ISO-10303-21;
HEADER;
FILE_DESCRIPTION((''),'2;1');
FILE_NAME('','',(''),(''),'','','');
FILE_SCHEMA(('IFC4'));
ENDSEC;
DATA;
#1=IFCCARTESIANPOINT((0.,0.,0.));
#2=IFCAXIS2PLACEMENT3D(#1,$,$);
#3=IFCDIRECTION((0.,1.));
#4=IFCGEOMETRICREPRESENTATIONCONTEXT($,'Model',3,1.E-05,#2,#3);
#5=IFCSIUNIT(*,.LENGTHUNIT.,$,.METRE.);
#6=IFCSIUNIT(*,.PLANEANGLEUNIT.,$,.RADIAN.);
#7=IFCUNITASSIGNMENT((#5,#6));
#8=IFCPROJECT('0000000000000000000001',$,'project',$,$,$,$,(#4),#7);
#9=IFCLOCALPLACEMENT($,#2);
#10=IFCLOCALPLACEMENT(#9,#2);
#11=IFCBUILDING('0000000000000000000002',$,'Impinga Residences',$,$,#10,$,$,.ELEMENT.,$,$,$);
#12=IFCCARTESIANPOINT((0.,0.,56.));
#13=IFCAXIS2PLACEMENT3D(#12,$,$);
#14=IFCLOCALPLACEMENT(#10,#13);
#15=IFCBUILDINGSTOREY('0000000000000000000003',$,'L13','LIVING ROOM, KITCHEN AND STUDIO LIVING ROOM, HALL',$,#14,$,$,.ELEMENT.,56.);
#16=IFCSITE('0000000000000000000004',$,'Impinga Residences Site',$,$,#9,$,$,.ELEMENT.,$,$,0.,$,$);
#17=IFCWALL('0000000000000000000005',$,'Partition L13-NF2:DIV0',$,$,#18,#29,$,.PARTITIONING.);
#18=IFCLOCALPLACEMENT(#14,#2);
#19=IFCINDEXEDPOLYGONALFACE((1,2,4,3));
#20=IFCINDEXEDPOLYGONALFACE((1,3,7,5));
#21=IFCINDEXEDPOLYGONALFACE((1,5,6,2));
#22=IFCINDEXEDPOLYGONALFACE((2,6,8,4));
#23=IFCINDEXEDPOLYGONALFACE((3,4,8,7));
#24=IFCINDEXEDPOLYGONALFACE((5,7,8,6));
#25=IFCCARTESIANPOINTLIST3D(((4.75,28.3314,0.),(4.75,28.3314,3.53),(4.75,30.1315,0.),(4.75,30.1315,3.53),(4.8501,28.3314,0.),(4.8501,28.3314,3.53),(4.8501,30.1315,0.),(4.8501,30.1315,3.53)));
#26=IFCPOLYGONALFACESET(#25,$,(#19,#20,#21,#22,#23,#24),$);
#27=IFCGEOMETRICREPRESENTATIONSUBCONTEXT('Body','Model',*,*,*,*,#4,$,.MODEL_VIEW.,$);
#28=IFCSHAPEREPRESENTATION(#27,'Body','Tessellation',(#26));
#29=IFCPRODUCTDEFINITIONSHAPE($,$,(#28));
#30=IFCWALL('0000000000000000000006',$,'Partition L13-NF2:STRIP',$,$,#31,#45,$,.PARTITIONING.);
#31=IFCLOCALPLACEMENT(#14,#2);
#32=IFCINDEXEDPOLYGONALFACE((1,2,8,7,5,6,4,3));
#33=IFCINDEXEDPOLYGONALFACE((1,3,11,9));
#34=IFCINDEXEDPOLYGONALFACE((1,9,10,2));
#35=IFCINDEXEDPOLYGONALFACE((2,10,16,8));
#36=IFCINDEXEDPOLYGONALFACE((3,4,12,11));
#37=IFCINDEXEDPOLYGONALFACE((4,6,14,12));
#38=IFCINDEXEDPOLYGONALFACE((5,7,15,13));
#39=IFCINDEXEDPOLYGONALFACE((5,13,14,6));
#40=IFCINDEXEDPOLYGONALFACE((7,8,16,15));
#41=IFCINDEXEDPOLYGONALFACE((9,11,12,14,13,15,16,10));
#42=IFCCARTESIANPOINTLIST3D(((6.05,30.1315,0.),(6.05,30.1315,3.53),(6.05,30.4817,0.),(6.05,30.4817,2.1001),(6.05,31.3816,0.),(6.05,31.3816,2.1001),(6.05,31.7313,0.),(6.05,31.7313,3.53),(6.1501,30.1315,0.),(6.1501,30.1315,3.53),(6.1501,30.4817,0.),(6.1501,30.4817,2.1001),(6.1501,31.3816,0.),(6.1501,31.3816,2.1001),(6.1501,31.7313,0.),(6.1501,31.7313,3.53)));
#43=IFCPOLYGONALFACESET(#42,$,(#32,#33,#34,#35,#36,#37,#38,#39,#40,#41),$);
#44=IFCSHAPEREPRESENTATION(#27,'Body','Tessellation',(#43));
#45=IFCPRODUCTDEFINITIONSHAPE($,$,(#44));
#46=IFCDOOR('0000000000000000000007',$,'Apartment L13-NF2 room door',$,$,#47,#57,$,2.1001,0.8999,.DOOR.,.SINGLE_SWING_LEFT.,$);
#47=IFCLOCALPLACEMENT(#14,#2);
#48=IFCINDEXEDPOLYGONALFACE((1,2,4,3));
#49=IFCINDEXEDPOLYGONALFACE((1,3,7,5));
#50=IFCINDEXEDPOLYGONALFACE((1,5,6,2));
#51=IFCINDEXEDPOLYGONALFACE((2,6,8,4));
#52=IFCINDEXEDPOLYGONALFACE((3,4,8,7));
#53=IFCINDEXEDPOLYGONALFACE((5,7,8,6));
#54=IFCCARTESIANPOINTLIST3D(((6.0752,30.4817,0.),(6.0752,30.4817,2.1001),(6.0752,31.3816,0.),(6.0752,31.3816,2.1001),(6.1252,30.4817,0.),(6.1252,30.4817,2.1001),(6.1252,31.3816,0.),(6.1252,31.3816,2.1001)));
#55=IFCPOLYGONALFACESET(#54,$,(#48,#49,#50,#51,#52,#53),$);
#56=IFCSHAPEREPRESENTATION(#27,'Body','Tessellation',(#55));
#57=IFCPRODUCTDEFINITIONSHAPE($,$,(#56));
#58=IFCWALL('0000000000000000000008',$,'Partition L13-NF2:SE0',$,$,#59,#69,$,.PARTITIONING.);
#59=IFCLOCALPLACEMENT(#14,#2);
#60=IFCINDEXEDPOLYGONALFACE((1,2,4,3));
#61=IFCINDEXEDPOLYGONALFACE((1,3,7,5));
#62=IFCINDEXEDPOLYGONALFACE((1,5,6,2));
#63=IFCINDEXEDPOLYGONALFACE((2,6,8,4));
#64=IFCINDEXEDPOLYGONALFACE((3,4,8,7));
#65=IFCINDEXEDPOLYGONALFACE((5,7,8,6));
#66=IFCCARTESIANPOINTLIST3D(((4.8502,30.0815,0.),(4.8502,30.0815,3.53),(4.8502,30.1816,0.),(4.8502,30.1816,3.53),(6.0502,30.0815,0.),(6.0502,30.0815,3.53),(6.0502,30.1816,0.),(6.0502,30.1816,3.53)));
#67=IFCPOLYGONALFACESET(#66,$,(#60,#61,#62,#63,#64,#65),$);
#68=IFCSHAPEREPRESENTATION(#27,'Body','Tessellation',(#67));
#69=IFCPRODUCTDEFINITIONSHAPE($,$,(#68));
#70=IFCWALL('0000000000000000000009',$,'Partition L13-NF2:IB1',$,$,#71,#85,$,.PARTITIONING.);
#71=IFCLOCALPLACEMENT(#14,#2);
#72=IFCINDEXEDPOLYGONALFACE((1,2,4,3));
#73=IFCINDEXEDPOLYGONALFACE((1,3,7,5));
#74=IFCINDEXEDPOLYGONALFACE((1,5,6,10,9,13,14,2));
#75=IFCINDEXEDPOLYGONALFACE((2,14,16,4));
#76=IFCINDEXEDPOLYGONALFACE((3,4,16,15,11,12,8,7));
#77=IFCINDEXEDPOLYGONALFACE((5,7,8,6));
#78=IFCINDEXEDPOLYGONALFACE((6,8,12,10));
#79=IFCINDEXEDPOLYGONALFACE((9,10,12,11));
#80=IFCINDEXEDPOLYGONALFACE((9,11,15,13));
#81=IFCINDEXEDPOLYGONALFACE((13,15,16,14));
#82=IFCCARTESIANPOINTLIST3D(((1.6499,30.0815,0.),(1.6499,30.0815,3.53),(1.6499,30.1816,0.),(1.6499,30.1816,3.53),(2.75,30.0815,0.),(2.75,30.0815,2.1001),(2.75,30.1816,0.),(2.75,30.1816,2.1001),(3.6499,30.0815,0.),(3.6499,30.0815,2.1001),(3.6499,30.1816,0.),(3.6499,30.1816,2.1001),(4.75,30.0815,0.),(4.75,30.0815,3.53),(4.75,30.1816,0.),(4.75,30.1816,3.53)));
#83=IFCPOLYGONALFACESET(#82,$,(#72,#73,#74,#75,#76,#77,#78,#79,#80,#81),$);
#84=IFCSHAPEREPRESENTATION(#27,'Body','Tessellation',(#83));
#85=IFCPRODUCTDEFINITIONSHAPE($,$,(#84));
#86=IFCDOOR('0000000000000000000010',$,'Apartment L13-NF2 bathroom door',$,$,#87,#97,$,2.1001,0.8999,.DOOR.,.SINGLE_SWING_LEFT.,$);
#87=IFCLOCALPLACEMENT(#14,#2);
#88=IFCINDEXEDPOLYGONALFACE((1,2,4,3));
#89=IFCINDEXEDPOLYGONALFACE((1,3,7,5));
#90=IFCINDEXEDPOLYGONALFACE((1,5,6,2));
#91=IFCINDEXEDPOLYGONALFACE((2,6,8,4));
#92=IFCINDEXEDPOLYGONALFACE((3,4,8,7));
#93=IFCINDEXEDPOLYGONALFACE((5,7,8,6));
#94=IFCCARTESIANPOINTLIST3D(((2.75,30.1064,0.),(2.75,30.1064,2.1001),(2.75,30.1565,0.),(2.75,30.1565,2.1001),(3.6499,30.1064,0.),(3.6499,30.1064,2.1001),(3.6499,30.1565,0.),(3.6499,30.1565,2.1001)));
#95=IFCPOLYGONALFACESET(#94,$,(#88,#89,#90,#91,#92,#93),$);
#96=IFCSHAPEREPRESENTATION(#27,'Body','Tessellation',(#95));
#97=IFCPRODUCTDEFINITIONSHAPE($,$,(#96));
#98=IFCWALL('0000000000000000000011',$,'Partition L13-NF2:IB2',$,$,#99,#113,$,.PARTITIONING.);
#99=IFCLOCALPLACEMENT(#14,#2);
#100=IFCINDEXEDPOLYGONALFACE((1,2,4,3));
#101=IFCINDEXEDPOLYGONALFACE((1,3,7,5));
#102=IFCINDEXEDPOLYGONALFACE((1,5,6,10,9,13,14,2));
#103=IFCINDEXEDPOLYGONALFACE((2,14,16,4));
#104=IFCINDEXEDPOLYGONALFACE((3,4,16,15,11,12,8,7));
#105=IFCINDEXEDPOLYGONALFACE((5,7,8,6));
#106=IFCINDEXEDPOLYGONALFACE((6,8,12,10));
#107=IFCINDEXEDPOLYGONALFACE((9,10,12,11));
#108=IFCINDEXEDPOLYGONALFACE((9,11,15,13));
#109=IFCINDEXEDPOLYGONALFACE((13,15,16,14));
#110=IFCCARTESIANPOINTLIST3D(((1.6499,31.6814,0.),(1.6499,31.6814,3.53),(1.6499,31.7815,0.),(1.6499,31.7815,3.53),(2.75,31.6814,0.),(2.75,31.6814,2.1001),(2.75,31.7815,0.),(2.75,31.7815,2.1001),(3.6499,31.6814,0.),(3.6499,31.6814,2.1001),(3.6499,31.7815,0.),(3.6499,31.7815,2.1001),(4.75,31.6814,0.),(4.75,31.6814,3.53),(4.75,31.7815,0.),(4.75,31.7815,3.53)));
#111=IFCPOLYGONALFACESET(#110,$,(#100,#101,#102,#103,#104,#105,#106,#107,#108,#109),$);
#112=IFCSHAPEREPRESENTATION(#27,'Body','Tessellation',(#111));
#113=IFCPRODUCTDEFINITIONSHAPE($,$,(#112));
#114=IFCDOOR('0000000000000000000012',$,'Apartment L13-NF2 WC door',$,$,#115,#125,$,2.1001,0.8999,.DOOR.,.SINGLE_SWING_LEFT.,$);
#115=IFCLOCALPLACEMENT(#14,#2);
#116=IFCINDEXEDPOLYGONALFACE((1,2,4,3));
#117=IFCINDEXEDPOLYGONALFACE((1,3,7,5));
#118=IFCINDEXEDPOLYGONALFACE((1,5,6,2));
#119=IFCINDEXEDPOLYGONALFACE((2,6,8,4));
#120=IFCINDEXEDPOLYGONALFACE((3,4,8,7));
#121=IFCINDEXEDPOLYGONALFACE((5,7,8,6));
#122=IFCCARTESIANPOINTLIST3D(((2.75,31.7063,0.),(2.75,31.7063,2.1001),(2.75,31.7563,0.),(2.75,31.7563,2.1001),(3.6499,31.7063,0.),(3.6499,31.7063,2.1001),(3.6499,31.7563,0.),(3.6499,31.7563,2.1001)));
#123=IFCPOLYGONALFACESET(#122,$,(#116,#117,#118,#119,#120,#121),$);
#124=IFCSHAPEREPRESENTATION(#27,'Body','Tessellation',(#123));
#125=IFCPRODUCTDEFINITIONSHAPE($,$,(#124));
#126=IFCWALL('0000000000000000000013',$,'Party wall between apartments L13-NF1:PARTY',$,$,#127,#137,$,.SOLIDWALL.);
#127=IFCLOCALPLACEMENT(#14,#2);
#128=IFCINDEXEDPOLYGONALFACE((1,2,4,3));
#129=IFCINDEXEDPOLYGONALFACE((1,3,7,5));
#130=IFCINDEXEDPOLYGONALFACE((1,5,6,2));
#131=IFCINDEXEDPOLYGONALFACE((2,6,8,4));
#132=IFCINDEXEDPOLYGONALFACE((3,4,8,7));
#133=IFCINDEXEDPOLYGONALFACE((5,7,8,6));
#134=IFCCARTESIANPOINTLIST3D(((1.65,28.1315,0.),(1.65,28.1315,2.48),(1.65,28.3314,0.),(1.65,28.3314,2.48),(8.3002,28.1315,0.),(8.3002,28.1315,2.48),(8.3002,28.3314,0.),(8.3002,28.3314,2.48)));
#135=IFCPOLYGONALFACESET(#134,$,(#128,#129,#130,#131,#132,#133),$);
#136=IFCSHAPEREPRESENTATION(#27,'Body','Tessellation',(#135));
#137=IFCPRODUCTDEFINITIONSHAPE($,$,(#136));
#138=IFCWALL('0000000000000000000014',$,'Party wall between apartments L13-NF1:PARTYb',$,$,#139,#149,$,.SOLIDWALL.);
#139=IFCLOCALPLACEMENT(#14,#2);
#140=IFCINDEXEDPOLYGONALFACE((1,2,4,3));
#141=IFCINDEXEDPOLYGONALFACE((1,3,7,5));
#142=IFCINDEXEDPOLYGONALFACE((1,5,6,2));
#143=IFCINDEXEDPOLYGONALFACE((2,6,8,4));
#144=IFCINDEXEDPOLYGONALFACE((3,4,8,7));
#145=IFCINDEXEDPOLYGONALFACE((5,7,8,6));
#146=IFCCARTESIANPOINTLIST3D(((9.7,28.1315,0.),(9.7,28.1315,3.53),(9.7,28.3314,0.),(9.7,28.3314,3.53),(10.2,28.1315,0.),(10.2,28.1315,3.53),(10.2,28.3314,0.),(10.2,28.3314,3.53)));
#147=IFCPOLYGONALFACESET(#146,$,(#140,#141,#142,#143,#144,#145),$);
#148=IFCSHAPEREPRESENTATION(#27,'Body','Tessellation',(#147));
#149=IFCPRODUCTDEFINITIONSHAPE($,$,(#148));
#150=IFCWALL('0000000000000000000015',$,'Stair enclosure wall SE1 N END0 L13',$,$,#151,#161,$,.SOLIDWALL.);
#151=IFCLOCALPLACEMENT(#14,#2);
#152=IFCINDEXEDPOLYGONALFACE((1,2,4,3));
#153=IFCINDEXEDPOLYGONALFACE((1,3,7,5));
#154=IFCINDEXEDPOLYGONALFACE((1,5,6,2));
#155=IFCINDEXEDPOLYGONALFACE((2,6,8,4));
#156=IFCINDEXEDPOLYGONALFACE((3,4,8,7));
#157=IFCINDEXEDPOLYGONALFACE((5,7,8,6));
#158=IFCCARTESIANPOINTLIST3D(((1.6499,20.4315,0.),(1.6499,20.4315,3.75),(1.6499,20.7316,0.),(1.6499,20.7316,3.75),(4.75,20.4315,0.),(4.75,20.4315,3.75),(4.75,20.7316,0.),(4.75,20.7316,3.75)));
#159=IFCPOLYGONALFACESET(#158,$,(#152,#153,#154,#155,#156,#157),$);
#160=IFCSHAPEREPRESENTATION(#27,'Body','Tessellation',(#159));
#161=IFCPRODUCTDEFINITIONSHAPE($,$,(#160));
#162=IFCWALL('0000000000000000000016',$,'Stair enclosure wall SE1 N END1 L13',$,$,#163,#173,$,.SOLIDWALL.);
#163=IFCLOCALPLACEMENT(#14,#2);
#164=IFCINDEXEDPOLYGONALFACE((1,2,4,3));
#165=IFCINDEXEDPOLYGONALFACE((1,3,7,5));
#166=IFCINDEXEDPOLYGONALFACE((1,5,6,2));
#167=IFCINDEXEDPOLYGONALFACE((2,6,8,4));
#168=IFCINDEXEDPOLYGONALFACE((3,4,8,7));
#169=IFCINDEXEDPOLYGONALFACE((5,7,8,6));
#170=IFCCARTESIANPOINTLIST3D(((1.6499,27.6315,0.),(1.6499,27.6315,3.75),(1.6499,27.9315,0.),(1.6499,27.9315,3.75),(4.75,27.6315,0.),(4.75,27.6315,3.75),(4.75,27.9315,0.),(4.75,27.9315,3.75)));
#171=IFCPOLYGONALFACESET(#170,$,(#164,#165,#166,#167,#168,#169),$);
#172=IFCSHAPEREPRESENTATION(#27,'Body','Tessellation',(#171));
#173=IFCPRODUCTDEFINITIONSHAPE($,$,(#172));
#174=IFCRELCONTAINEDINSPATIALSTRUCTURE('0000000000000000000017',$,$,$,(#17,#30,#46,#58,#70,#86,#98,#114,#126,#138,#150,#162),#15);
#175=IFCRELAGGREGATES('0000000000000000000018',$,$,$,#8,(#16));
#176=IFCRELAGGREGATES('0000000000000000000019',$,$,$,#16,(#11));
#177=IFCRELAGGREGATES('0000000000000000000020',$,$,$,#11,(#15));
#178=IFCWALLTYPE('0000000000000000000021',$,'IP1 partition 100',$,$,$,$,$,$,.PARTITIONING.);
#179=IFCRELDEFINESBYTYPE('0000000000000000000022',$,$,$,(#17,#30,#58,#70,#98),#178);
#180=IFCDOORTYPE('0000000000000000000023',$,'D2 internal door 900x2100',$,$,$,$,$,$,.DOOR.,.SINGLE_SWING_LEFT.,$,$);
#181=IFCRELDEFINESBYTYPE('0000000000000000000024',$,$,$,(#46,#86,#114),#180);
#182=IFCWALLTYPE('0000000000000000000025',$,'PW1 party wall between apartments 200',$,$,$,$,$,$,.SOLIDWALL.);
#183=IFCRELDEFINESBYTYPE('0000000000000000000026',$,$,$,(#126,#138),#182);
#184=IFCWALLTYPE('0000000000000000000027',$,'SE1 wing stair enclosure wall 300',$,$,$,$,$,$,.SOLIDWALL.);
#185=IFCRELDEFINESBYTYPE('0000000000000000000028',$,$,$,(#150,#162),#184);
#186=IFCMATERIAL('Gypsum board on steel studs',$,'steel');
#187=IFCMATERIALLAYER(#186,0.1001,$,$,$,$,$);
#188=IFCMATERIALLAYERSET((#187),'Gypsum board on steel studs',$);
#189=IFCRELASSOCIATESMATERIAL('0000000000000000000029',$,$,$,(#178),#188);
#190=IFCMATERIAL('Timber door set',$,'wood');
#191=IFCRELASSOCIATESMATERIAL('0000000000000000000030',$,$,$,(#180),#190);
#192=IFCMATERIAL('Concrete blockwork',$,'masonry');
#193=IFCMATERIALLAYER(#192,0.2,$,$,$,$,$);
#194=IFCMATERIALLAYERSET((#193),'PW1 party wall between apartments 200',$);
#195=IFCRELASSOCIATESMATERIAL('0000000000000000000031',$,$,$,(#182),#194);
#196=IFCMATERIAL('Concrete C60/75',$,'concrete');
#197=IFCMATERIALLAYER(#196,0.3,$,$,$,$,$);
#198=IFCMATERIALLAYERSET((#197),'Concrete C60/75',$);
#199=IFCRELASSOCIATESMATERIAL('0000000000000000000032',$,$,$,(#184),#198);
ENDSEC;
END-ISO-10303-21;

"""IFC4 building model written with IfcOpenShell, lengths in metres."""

from ifc_helpers import new_model, si_unit, direction, frame, frame_2d, origin, place, context, subcontext, project, spatial, rectangle, extrude, material, layer, layer_set, type_object, element, fill, save


model = new_model("IFC4")

# Units and contexts
model_context = context("Model", 3, precision=1e-05, world=origin(), true_north=direction((0.0, 1.0)))
body_context = subcontext(model_context, "Body", "Model", "MODEL_VIEW")
ifc_project = project(units=[si_unit("LENGTHUNIT", "METRE"), si_unit("PLANEANGLEUNIT", "RADIAN")], contexts=[model_context])

# Site, building, storey
site_placement = place(None, origin())
site = spatial("IfcSite", under=ifc_project, at=site_placement, Name="Impinga Residences Site", CompositionType="ELEMENT", RefElevation=0.0)
building_placement = place(site_placement, origin())
building = spatial("IfcBuilding", under=site, at=building_placement, Name="Impinga Residences", CompositionType="ELEMENT")
storey_placement = place(building_placement, frame((0.0, 0.0, 56.0)))
storey = spatial("IfcBuildingStorey", under=building, at=storey_placement, Name="L13", Description="LIVING ROOM, KITCHEN AND STUDIO LIVING ROOM, HALL", CompositionType="ELEMENT", Elevation=56.0)

# Shared definitions
ifc_material_1 = material(Name="Concrete C60/75", Category="concrete")

# Shared definitions
ifc_material_2 = material(Name="Gypsum board on steel studs", Category="steel")
ifc_layer_1 = layer(ifc_material_2, 0.1001)
ifc_layer_set_1 = layer_set([ifc_layer_1], Name="Gypsum board on steel studs")
wall_type_1 = type_object("IfcWallType", Name="IP1 partition 100", PredefinedType="PARTITIONING", material=ifc_layer_set_1)

# Shared definitions
ifc_material_3 = material(Name="Timber door set", Category="wood")
door_type = type_object("IfcDoorType", Name="D2 internal door 900x2100", OperationType="SINGLE_SWING_LEFT", PredefinedType="DOOR", material=ifc_material_3)

# Wall
wall_1_placement = place(storey_placement, frame((4.8, 28.3315, 0.0), z_axis=(0.0, 0.0, 1.0), x_axis=(0.0, 1.0, 0.0)))
element("IfcWall", 1, at=wall_1_placement, inside=storey, type_object=wall_type_1, Name="Partition L13-NF2:DIV0", PredefinedType="PARTITIONING", context=body_context, shape_type="SweptSolid", body=[
    extrude(rectangle(XDim=1.8, YDim=0.1001, at=frame_2d((0.8999, 0.0))), origin(), (0.0, 0.0, 1.0), 3.53),
])

# Wall, opening, door
wall_2_placement = place(storey_placement, frame((6.1001, 30.1316, 0.0), z_axis=(0.0, 0.0, 1.0), x_axis=(0.0, 1.0, 0.0)))
wall_2 = element("IfcWall", 2, at=wall_2_placement, inside=storey, type_object=wall_type_1, Name="Partition L13-NF2:STRIP", PredefinedType="PARTITIONING", context=body_context, shape_type="SweptSolid", body=[
    extrude(rectangle(XDim=1.5999, YDim=0.1001, at=frame_2d((0.7998, 0.0))), origin(), (0.0, 0.0, 1.0), 3.53),
])
opening_1_placement = place(wall_2_placement, frame((0.3501, 0.0, 0.0)))
opening_1 = element("IfcOpeningElement", 3, at=opening_1_placement, cuts=wall_2, PredefinedType="OPENING", context=body_context, shape_type="SweptSolid", body=[
    extrude(rectangle(XDim=0.8999, YDim=2.1001, at=frame_2d((0.45, 1.05))), frame((0.0, 0.0601, 0.0), z_axis=(0.0, -1.0, 0.0), x_axis=(1.0, 0.0, 0.0)), (0.0, 0.0, 1.0), 0.1201),
])
door_1_placement = place(opening_1_placement, origin())
door_1 = element("IfcDoor", 4, at=door_1_placement, inside=storey, type_object=door_type, Name="Apartment L13-NF2 room door", OperationType="SINGLE_SWING_LEFT", OverallHeight=2.1001, OverallWidth=0.8999, PredefinedType="DOOR", context=body_context, shape_type="SweptSolid", body=[
    extrude(rectangle(XDim=0.8999, YDim=2.1001, at=frame_2d((0.45, 1.05))), frame((0.0, 0.0249, 0.0), z_axis=(0.0, -1.0, 0.0), x_axis=(1.0, 0.0, 0.0)), (0.0, 0.0, 1.0), 0.05),
])
fill(opening_1, door_1)

# Wall
wall_3_placement = place(storey_placement, frame((4.8501, 30.1316, 0.0), z_axis=(0.0, 0.0, 1.0), x_axis=(1.0, 0.0, 0.0)))
element("IfcWall", 5, at=wall_3_placement, inside=storey, type_object=wall_type_1, Name="Partition L13-NF2:SE0", PredefinedType="PARTITIONING", context=body_context, shape_type="SweptSolid", body=[
    extrude(rectangle(XDim=1.2, YDim=0.1001, at=frame_2d((0.6001, 0.0))), origin(), (0.0, 0.0, 1.0), 3.53),
])

# Walls, openings, doors
wall_4_placement = place(storey_placement, frame((1.6499, 30.1316, 0.0), z_axis=(0.0, 0.0, 1.0), x_axis=(1.0, 0.0, 0.0)))
wall_4 = element("IfcWall", 6, at=wall_4_placement, inside=storey, type_object=wall_type_1, Name="Partition L13-NF2:IB1", PredefinedType="PARTITIONING", context=body_context, shape_type="SweptSolid", body=[
    extrude(rectangle(XDim=3.1001, YDim=0.1001, at=frame_2d((1.55, 0.0))), origin(), (0.0, 0.0, 1.0), 3.53),
])
opening_2_placement = place(wall_4_placement, frame((1.1001, 0.0, 0.0)))
opening_2 = element("IfcOpeningElement", 7, at=opening_2_placement, cuts=wall_4, PredefinedType="OPENING", context=body_context, shape_type="SweptSolid", body=[
    extrude(rectangle(XDim=0.8999, YDim=2.1001, at=frame_2d((0.45, 1.05))), frame((0.0, 0.0601, 0.0), z_axis=(0.0, -1.0, 0.0), x_axis=(1.0, 0.0, 0.0)), (0.0, 0.0, 1.0), 0.1201),
])
door_2_placement = place(opening_2_placement, origin())
door_2 = element("IfcDoor", 8, at=door_2_placement, inside=storey, type_object=door_type, Name="Apartment L13-NF2 bathroom door", OperationType="SINGLE_SWING_LEFT", OverallHeight=2.1001, OverallWidth=0.8999, PredefinedType="DOOR", context=body_context, shape_type="SweptSolid", body=[
    extrude(rectangle(XDim=0.8999, YDim=2.1001, at=frame_2d((0.45, 1.05))), frame((0.0, 0.0249, 0.0), z_axis=(0.0, -1.0, 0.0), x_axis=(1.0, 0.0, 0.0)), (0.0, 0.0, 1.0), 0.05),
])
fill(opening_2, door_2)
wall_5_placement = place(storey_placement, frame((1.6499, 31.7314, 0.0), z_axis=(0.0, 0.0, 1.0), x_axis=(1.0, 0.0, 0.0)))
wall_5 = element("IfcWall", 9, at=wall_5_placement, inside=storey, type_object=wall_type_1, Name="Partition L13-NF2:IB2", PredefinedType="PARTITIONING", context=body_context, shape_type="SweptSolid", body=[
    extrude(rectangle(XDim=3.1001, YDim=0.1001, at=frame_2d((1.55, 0.0))), origin(), (0.0, 0.0, 1.0), 3.53),
])
opening_3_placement = place(wall_5_placement, frame((1.1001, 0.0, 0.0)))
opening_3 = element("IfcOpeningElement", 10, at=opening_3_placement, cuts=wall_5, PredefinedType="OPENING", context=body_context, shape_type="SweptSolid", body=[
    extrude(rectangle(XDim=0.8999, YDim=2.1001, at=frame_2d((0.45, 1.05))), frame((0.0, 0.0601, 0.0), z_axis=(0.0, -1.0, 0.0), x_axis=(1.0, 0.0, 0.0)), (0.0, 0.0, 1.0), 0.1201),
])
door_3_placement = place(opening_3_placement, origin())
door_3 = element("IfcDoor", 11, at=door_3_placement, inside=storey, type_object=door_type, Name="Apartment L13-NF2 WC door", OperationType="SINGLE_SWING_LEFT", OverallHeight=2.1001, OverallWidth=0.8999, PredefinedType="DOOR", context=body_context, shape_type="SweptSolid", body=[
    extrude(rectangle(XDim=0.8999, YDim=2.1001, at=frame_2d((0.45, 1.05))), frame((0.0, 0.0249, 0.0), z_axis=(0.0, -1.0, 0.0), x_axis=(1.0, 0.0, 0.0)), (0.0, 0.0, 1.0), 0.05),
])
fill(opening_3, door_3)

# Walls
ifc_material_4 = material(Name="Concrete blockwork", Category="masonry")
ifc_layer_2 = layer(ifc_material_4, 0.2)
ifc_layer_set_2 = layer_set([ifc_layer_2], Name="PW1 party wall between apartments 200")
wall_type_2 = type_object("IfcWallType", Name="PW1 party wall between apartments 200", PredefinedType="SOLIDWALL", material=ifc_layer_set_2)
wall_6_placement = place(storey_placement, frame((1.6499, 28.2314, 0.0), z_axis=(0.0, 0.0, 1.0), x_axis=(1.0, 0.0, 0.0)))
element("IfcWall", 12, at=wall_6_placement, inside=storey, type_object=wall_type_2, Name="Party wall between apartments L13-NF1:PARTY", PredefinedType="SOLIDWALL", context=body_context, shape_type="SweptSolid", body=[
    extrude(rectangle(XDim=6.6501, YDim=0.2, at=frame_2d((3.3252, 0.0))), origin(), (0.0, 0.0, 1.0), 2.48),
])
wall_7_placement = place(storey_placement, frame((9.7, 28.2314, 0.0), z_axis=(0.0, 0.0, 1.0), x_axis=(1.0, 0.0, 0.0)))
element("IfcWall", 13, at=wall_7_placement, inside=storey, type_object=wall_type_2, Name="Party wall between apartments L13-NF1:PARTYb", PredefinedType="SOLIDWALL", context=body_context, shape_type="SweptSolid", body=[
    extrude(rectangle(XDim=0.5, YDim=0.2, at=frame_2d((0.25, 0.0))), origin(), (0.0, 0.0, 1.0), 3.53),
])
ifc_layer_3 = layer(ifc_material_1, 0.3)
ifc_layer_set_3 = layer_set([ifc_layer_3], Name="Concrete C60/75")
wall_type_3 = type_object("IfcWallType", Name="SE1 wing stair enclosure wall 300", PredefinedType="SOLIDWALL", material=ifc_layer_set_3)
for number, where, z_axis, x_axis, name in (
    (14, (1.6499, 20.5815, 0.0), (0.0, 0.0, 1.0), (1.0, 0.0, 0.0), "Stair enclosure wall SE1 N END0 L13"),
    (15, (1.6499, 27.7815, 0.0), (0.0, 0.0, 1.0), (1.0, 0.0, 0.0), "Stair enclosure wall SE1 N END1 L13"),
):
    element("IfcWall", number, at=place(storey_placement, frame(where, z_axis=z_axis, x_axis=x_axis)), inside=storey, type_object=wall_type_3, Name=name, PredefinedType="SOLIDWALL", context=body_context, shape_type="SweptSolid", body=[
        extrude(rectangle(XDim=3.1001, YDim=0.3, at=frame_2d((1.55, 0.0))), origin(), (0.0, 0.0, 1.0), 3.75),
    ])

save(model, "model.ifc")
